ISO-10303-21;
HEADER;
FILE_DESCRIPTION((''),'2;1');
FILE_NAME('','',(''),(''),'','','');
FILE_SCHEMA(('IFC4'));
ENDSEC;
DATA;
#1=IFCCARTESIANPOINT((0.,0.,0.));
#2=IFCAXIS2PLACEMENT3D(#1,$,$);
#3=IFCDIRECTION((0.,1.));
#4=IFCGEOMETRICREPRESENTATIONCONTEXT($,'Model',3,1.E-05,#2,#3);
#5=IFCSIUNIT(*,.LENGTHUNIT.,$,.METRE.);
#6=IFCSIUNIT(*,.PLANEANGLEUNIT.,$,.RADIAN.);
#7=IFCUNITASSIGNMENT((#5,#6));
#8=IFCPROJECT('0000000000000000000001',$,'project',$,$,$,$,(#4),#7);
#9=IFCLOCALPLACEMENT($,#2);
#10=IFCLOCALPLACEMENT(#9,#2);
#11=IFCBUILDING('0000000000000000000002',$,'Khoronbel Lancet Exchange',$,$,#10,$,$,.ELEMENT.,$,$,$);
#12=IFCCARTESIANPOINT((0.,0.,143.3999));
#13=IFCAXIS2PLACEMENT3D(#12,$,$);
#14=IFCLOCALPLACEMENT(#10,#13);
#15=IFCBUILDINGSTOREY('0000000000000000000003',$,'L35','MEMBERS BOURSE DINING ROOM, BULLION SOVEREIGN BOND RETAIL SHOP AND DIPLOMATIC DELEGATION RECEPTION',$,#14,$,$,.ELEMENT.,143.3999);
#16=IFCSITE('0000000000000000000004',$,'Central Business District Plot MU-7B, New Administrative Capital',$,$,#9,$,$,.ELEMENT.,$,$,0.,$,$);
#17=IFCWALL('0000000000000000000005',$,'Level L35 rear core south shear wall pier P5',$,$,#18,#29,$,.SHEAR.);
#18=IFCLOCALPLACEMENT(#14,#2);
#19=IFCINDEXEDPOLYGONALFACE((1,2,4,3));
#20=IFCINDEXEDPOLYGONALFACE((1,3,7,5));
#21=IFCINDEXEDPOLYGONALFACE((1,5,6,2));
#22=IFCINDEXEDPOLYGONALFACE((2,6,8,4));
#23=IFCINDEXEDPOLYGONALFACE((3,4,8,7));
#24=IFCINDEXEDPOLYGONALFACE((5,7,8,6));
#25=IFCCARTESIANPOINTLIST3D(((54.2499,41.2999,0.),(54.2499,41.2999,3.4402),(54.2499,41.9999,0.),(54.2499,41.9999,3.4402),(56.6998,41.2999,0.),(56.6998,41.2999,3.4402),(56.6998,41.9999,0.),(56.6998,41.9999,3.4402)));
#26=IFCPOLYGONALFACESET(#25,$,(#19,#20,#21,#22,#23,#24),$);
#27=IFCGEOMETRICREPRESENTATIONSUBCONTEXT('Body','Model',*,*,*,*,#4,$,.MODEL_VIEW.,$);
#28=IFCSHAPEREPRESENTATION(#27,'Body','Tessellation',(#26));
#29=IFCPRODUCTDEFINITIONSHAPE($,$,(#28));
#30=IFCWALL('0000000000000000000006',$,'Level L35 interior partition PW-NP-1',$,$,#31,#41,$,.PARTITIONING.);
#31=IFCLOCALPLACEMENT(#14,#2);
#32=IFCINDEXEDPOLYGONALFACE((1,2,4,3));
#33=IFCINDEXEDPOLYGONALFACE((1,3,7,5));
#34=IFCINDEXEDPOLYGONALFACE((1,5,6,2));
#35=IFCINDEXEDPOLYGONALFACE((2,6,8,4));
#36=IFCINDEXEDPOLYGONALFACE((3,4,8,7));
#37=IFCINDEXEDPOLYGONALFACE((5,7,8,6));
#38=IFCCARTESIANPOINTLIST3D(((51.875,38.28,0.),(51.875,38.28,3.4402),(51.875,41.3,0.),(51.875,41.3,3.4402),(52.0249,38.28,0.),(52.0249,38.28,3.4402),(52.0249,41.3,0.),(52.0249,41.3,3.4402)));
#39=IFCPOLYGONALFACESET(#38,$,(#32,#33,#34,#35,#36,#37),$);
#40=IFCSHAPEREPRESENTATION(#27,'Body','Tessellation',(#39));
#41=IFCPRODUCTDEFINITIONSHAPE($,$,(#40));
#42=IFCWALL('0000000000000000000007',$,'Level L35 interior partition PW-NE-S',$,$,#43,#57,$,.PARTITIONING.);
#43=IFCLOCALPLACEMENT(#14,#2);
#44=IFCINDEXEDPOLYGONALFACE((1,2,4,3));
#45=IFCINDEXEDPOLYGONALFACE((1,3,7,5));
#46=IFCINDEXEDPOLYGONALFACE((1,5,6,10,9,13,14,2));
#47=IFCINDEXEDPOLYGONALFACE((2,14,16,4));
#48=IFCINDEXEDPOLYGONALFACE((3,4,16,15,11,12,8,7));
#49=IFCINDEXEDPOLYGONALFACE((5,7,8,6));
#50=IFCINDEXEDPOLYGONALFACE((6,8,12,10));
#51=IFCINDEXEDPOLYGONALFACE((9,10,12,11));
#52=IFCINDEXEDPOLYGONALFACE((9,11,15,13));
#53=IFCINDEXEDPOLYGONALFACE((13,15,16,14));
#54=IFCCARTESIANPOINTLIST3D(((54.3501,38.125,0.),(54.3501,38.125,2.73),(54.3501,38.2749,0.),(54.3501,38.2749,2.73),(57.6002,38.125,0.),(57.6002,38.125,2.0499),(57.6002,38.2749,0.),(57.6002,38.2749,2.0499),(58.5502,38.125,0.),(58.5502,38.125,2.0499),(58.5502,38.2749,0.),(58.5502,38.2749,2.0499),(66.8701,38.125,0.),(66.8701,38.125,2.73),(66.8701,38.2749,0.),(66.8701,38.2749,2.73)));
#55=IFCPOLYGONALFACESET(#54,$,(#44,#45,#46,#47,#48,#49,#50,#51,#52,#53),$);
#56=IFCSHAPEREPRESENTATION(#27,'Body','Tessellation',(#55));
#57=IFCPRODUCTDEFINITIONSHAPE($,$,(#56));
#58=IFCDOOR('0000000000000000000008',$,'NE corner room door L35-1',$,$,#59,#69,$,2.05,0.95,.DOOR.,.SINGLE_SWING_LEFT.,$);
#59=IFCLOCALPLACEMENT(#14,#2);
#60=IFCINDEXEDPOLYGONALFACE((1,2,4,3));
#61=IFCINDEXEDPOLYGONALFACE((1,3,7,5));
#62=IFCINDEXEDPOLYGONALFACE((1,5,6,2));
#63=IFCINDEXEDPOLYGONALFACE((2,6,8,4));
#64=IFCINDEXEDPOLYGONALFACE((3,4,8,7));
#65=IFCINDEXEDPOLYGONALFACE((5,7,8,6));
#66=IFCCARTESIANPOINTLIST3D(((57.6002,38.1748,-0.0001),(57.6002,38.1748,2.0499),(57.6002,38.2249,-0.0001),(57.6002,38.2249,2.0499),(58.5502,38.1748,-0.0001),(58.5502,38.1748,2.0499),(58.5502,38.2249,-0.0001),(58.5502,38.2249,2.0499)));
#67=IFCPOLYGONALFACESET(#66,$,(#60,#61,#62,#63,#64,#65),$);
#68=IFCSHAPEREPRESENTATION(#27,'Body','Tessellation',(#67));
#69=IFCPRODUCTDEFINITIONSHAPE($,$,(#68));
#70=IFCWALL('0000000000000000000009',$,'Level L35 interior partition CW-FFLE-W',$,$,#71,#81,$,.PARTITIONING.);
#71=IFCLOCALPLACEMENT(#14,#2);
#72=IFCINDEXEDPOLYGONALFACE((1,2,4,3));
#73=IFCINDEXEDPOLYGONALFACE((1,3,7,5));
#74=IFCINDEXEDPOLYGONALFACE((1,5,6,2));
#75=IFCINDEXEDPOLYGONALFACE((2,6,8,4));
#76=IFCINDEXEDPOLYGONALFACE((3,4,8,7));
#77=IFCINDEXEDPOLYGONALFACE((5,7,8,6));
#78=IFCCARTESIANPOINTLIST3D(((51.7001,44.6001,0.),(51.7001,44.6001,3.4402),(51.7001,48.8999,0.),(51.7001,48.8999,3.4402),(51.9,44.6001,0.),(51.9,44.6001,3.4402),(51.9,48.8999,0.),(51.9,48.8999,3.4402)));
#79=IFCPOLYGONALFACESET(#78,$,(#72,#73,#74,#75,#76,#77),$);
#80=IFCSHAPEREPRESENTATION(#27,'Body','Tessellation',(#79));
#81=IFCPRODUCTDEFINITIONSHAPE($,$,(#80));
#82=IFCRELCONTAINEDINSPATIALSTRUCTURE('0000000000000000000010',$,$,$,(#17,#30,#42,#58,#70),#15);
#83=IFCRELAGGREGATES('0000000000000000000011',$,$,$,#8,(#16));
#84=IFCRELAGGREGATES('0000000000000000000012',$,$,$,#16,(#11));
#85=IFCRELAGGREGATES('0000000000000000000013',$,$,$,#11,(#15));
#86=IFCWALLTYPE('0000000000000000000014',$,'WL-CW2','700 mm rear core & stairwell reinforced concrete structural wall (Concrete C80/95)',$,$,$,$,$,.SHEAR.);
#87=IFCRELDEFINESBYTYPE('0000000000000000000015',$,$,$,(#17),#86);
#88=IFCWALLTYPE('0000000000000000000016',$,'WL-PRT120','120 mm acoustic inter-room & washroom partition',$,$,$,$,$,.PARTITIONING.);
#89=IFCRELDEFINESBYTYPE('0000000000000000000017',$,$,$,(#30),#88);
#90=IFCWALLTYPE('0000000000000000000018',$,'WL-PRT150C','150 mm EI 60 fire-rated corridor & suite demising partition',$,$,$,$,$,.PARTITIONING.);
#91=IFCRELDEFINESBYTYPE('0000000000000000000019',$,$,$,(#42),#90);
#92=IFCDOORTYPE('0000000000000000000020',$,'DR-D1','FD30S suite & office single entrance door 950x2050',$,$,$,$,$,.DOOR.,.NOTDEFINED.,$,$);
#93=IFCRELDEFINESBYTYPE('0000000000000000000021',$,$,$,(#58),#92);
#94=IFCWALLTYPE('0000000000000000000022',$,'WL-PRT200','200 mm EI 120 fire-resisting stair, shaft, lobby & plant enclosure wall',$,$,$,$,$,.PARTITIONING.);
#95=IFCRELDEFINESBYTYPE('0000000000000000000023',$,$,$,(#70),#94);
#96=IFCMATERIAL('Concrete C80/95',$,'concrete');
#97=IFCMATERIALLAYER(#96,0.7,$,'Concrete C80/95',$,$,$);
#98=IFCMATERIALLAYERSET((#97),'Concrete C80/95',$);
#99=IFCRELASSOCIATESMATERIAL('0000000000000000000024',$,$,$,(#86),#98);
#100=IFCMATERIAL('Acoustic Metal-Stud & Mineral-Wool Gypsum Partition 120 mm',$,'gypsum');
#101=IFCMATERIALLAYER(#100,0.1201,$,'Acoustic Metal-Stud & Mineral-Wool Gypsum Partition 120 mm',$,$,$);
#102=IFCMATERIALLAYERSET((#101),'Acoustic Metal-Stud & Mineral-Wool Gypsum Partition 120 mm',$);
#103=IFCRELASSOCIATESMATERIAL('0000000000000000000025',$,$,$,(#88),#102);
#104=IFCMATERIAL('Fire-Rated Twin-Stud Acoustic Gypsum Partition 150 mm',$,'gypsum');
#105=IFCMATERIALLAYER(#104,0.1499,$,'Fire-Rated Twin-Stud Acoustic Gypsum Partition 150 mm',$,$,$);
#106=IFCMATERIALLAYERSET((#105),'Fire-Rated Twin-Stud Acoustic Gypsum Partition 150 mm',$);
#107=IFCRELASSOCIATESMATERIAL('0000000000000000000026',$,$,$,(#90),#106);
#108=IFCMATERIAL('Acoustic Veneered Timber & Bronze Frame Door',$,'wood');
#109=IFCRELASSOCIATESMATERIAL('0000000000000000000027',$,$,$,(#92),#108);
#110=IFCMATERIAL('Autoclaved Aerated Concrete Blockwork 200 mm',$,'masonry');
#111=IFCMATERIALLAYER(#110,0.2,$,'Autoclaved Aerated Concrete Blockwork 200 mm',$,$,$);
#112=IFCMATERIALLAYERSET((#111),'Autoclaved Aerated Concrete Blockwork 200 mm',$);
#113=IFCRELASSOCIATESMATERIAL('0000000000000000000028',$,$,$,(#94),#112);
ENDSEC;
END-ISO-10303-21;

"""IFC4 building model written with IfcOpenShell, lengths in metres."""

from ifc_helpers import new_model, si_unit, direction, frame, frame_2d, origin, place, context, subcontext, project, spatial, rectangle, extrude, material, layer, layer_set, type_object, element, fill, save


model = new_model("IFC4")

# Units and contexts
model_context = context("Model", 3, precision=1e-05, world=origin(), true_north=direction((0.0, 1.0)))
body_context = subcontext(model_context, "Body", "Model", "MODEL_VIEW")
ifc_project = project(units=[si_unit("LENGTHUNIT", "METRE"), si_unit("PLANEANGLEUNIT", "RADIAN")], contexts=[model_context])

# Site, building, storey
site_placement = place(None, origin())
site = spatial("IfcSite", under=ifc_project, at=site_placement, Name="Central Business District Plot MU-7B, New Administrative Capital", CompositionType="ELEMENT", RefElevation=0.0)
building_placement = place(site_placement, origin())
building = spatial("IfcBuilding", under=site, at=building_placement, Name="Khoronbel Lancet Exchange", CompositionType="ELEMENT")
storey_placement = place(building_placement, frame((0.0, 0.0, 143.3999)))
storey = spatial("IfcBuildingStorey", under=building, at=storey_placement, Name="L35", Description="MEMBERS BOURSE DINING ROOM, BULLION SOVEREIGN BOND RETAIL SHOP AND DIPLOMATIC DELEGATION RECEPTION", CompositionType="ELEMENT", Elevation=143.3999)

# Shared definitions
ifc_material_1 = material(Name="Concrete C80/95", Category="concrete")

# Walls
ifc_layer_1 = layer(ifc_material_1, 0.7, Name="Concrete C80/95")
ifc_layer_set_1 = layer_set([ifc_layer_1], Name="Concrete C80/95")
wall_type_1 = type_object("IfcWallType", Name="WL-CW2", Description="700 mm rear core & stairwell reinforced concrete structural wall (Concrete C80/95)", PredefinedType="SHEAR", material=ifc_layer_set_1)
wall_1_placement = place(storey_placement, frame((56.7, 41.6499, 0.0), z_axis=(0.0, 0.0, 1.0), x_axis=(-1.0, 0.0, 0.0)))
element("IfcWall", 1, at=wall_1_placement, inside=storey, type_object=wall_type_1, Name="Level L35 rear core south shear wall pier P5", PredefinedType="SHEAR", context=body_context, shape_type="SweptSolid", body=[
    extrude(rectangle(XDim=2.45, YDim=0.7, at=frame_2d((1.2251, 0.0))), origin(), (0.0, 0.0, 1.0), 3.4402),
])
ifc_material_2 = material(Name="Acoustic Metal-Stud & Mineral-Wool Gypsum Partition 120 mm", Category="gypsum")
ifc_layer_2 = layer(ifc_material_2, 0.1201, Name="Acoustic Metal-Stud & Mineral-Wool Gypsum Partition 120 mm")
ifc_layer_set_2 = layer_set([ifc_layer_2], Name="Acoustic Metal-Stud & Mineral-Wool Gypsum Partition 120 mm")
wall_type_2 = type_object("IfcWallType", Name="WL-PRT120", Description="120 mm acoustic inter-room & washroom partition", PredefinedType="PARTITIONING", material=ifc_layer_set_2)
wall_2_placement = place(storey_placement, frame((51.95, 38.28, 0.0), z_axis=(0.0, 0.0, 1.0), x_axis=(0.0, 1.0, 0.0)))
element("IfcWall", 2, at=wall_2_placement, inside=storey, type_object=wall_type_2, Name="Level L35 interior partition PW-NP-1", PredefinedType="PARTITIONING", context=body_context, shape_type="SweptSolid", body=[
    extrude(rectangle(XDim=3.02, YDim=0.1499, at=frame_2d((1.51, 0.0))), origin(), (0.0, 0.0, 1.0), 3.4402),
])

# Wall, opening, door
ifc_material_3 = material(Name="Fire-Rated Twin-Stud Acoustic Gypsum Partition 150 mm", Category="gypsum")
ifc_layer_3 = layer(ifc_material_3, 0.1499, Name="Fire-Rated Twin-Stud Acoustic Gypsum Partition 150 mm")
ifc_layer_set_3 = layer_set([ifc_layer_3], Name="Fire-Rated Twin-Stud Acoustic Gypsum Partition 150 mm")
wall_type_3 = type_object("IfcWallType", Name="WL-PRT150C", Description="150 mm EI 60 fire-rated corridor & suite demising partition", PredefinedType="PARTITIONING", material=ifc_layer_set_3)
wall_3_placement = place(storey_placement, frame((54.3501, 38.2, 0.0), z_axis=(0.0, 0.0, 1.0), x_axis=(1.0, 0.0, 0.0)))
wall_3 = element("IfcWall", 3, at=wall_3_placement, inside=storey, type_object=wall_type_3, Name="Level L35 interior partition PW-NE-S", PredefinedType="PARTITIONING", context=body_context, shape_type="SweptSolid", body=[
    extrude(rectangle(XDim=12.52, YDim=0.1499, at=frame_2d((6.26, 0.0))), origin(), (0.0, 0.0, 1.0), 2.73),
])
opening_1_placement = place(wall_3_placement, frame((3.25, 0.0, 0.0)))
opening_1 = element("IfcOpeningElement", 4, at=opening_1_placement, cuts=wall_3, PredefinedType="OPENING", context=body_context, shape_type="SweptSolid", body=[
    extrude(rectangle(XDim=0.95, YDim=2.05, at=frame_2d((0.4751, 1.0249))), frame((0.0, 0.085, 0.0), z_axis=(0.0, -1.0, 0.0), x_axis=(1.0, 0.0, 0.0)), (0.0, 0.0, 1.0), 0.1699),
])
ifc_material_4 = material(Name="Acoustic Veneered Timber & Bronze Frame Door", Category="wood")
door_type_1 = type_object("IfcDoorType", Name="DR-D1", Description="FD30S suite & office single entrance door 950x2050", OperationType="NOTDEFINED", PredefinedType="DOOR", material=ifc_material_4)
door_1_placement = place(opening_1_placement, origin())
door_1 = element("IfcDoor", 5, at=door_1_placement, inside=storey, type_object=door_type_1, Name="NE corner room door L35-1", OperationType="SINGLE_SWING_LEFT", OverallHeight=2.05, OverallWidth=0.95, PredefinedType="DOOR", context=body_context, shape_type="SweptSolid", body=[
    extrude(rectangle(XDim=0.95, YDim=2.05, at=frame_2d((0.4751, 1.0249))), frame((0.0, 0.0249, 0.0), z_axis=(0.0, -1.0, 0.0), x_axis=(1.0, 0.0, 0.0)), (0.0, 0.0, 1.0), 0.05),
])
fill(opening_1, door_1)

# Wall
ifc_material_5 = material(Name="Autoclaved Aerated Concrete Blockwork 200 mm", Category="masonry")
ifc_layer_4 = layer(ifc_material_5, 0.2, Name="Autoclaved Aerated Concrete Blockwork 200 mm")
ifc_layer_set_4 = layer_set([ifc_layer_4], Name="Autoclaved Aerated Concrete Blockwork 200 mm")
wall_type_4 = type_object("IfcWallType", Name="WL-PRT200", Description="200 mm EI 120 fire-resisting stair, shaft, lobby & plant enclosure wall", PredefinedType="PARTITIONING", material=ifc_layer_set_4)
wall_4_placement = place(storey_placement, frame((51.8, 44.6001, 0.0), z_axis=(0.0, 0.0, 1.0), x_axis=(0.0, 1.0, 0.0)))
element("IfcWall", 6, at=wall_4_placement, inside=storey, type_object=wall_type_4, Name="Level L35 interior partition CW-FFLE-W", PredefinedType="PARTITIONING", context=body_context, shape_type="SweptSolid", body=[
    extrude(rectangle(XDim=4.2998, YDim=0.2, at=frame_2d((2.1499, 0.0))), origin(), (0.0, 0.0, 1.0), 3.4402),
])

save(model, "model.ifc")
